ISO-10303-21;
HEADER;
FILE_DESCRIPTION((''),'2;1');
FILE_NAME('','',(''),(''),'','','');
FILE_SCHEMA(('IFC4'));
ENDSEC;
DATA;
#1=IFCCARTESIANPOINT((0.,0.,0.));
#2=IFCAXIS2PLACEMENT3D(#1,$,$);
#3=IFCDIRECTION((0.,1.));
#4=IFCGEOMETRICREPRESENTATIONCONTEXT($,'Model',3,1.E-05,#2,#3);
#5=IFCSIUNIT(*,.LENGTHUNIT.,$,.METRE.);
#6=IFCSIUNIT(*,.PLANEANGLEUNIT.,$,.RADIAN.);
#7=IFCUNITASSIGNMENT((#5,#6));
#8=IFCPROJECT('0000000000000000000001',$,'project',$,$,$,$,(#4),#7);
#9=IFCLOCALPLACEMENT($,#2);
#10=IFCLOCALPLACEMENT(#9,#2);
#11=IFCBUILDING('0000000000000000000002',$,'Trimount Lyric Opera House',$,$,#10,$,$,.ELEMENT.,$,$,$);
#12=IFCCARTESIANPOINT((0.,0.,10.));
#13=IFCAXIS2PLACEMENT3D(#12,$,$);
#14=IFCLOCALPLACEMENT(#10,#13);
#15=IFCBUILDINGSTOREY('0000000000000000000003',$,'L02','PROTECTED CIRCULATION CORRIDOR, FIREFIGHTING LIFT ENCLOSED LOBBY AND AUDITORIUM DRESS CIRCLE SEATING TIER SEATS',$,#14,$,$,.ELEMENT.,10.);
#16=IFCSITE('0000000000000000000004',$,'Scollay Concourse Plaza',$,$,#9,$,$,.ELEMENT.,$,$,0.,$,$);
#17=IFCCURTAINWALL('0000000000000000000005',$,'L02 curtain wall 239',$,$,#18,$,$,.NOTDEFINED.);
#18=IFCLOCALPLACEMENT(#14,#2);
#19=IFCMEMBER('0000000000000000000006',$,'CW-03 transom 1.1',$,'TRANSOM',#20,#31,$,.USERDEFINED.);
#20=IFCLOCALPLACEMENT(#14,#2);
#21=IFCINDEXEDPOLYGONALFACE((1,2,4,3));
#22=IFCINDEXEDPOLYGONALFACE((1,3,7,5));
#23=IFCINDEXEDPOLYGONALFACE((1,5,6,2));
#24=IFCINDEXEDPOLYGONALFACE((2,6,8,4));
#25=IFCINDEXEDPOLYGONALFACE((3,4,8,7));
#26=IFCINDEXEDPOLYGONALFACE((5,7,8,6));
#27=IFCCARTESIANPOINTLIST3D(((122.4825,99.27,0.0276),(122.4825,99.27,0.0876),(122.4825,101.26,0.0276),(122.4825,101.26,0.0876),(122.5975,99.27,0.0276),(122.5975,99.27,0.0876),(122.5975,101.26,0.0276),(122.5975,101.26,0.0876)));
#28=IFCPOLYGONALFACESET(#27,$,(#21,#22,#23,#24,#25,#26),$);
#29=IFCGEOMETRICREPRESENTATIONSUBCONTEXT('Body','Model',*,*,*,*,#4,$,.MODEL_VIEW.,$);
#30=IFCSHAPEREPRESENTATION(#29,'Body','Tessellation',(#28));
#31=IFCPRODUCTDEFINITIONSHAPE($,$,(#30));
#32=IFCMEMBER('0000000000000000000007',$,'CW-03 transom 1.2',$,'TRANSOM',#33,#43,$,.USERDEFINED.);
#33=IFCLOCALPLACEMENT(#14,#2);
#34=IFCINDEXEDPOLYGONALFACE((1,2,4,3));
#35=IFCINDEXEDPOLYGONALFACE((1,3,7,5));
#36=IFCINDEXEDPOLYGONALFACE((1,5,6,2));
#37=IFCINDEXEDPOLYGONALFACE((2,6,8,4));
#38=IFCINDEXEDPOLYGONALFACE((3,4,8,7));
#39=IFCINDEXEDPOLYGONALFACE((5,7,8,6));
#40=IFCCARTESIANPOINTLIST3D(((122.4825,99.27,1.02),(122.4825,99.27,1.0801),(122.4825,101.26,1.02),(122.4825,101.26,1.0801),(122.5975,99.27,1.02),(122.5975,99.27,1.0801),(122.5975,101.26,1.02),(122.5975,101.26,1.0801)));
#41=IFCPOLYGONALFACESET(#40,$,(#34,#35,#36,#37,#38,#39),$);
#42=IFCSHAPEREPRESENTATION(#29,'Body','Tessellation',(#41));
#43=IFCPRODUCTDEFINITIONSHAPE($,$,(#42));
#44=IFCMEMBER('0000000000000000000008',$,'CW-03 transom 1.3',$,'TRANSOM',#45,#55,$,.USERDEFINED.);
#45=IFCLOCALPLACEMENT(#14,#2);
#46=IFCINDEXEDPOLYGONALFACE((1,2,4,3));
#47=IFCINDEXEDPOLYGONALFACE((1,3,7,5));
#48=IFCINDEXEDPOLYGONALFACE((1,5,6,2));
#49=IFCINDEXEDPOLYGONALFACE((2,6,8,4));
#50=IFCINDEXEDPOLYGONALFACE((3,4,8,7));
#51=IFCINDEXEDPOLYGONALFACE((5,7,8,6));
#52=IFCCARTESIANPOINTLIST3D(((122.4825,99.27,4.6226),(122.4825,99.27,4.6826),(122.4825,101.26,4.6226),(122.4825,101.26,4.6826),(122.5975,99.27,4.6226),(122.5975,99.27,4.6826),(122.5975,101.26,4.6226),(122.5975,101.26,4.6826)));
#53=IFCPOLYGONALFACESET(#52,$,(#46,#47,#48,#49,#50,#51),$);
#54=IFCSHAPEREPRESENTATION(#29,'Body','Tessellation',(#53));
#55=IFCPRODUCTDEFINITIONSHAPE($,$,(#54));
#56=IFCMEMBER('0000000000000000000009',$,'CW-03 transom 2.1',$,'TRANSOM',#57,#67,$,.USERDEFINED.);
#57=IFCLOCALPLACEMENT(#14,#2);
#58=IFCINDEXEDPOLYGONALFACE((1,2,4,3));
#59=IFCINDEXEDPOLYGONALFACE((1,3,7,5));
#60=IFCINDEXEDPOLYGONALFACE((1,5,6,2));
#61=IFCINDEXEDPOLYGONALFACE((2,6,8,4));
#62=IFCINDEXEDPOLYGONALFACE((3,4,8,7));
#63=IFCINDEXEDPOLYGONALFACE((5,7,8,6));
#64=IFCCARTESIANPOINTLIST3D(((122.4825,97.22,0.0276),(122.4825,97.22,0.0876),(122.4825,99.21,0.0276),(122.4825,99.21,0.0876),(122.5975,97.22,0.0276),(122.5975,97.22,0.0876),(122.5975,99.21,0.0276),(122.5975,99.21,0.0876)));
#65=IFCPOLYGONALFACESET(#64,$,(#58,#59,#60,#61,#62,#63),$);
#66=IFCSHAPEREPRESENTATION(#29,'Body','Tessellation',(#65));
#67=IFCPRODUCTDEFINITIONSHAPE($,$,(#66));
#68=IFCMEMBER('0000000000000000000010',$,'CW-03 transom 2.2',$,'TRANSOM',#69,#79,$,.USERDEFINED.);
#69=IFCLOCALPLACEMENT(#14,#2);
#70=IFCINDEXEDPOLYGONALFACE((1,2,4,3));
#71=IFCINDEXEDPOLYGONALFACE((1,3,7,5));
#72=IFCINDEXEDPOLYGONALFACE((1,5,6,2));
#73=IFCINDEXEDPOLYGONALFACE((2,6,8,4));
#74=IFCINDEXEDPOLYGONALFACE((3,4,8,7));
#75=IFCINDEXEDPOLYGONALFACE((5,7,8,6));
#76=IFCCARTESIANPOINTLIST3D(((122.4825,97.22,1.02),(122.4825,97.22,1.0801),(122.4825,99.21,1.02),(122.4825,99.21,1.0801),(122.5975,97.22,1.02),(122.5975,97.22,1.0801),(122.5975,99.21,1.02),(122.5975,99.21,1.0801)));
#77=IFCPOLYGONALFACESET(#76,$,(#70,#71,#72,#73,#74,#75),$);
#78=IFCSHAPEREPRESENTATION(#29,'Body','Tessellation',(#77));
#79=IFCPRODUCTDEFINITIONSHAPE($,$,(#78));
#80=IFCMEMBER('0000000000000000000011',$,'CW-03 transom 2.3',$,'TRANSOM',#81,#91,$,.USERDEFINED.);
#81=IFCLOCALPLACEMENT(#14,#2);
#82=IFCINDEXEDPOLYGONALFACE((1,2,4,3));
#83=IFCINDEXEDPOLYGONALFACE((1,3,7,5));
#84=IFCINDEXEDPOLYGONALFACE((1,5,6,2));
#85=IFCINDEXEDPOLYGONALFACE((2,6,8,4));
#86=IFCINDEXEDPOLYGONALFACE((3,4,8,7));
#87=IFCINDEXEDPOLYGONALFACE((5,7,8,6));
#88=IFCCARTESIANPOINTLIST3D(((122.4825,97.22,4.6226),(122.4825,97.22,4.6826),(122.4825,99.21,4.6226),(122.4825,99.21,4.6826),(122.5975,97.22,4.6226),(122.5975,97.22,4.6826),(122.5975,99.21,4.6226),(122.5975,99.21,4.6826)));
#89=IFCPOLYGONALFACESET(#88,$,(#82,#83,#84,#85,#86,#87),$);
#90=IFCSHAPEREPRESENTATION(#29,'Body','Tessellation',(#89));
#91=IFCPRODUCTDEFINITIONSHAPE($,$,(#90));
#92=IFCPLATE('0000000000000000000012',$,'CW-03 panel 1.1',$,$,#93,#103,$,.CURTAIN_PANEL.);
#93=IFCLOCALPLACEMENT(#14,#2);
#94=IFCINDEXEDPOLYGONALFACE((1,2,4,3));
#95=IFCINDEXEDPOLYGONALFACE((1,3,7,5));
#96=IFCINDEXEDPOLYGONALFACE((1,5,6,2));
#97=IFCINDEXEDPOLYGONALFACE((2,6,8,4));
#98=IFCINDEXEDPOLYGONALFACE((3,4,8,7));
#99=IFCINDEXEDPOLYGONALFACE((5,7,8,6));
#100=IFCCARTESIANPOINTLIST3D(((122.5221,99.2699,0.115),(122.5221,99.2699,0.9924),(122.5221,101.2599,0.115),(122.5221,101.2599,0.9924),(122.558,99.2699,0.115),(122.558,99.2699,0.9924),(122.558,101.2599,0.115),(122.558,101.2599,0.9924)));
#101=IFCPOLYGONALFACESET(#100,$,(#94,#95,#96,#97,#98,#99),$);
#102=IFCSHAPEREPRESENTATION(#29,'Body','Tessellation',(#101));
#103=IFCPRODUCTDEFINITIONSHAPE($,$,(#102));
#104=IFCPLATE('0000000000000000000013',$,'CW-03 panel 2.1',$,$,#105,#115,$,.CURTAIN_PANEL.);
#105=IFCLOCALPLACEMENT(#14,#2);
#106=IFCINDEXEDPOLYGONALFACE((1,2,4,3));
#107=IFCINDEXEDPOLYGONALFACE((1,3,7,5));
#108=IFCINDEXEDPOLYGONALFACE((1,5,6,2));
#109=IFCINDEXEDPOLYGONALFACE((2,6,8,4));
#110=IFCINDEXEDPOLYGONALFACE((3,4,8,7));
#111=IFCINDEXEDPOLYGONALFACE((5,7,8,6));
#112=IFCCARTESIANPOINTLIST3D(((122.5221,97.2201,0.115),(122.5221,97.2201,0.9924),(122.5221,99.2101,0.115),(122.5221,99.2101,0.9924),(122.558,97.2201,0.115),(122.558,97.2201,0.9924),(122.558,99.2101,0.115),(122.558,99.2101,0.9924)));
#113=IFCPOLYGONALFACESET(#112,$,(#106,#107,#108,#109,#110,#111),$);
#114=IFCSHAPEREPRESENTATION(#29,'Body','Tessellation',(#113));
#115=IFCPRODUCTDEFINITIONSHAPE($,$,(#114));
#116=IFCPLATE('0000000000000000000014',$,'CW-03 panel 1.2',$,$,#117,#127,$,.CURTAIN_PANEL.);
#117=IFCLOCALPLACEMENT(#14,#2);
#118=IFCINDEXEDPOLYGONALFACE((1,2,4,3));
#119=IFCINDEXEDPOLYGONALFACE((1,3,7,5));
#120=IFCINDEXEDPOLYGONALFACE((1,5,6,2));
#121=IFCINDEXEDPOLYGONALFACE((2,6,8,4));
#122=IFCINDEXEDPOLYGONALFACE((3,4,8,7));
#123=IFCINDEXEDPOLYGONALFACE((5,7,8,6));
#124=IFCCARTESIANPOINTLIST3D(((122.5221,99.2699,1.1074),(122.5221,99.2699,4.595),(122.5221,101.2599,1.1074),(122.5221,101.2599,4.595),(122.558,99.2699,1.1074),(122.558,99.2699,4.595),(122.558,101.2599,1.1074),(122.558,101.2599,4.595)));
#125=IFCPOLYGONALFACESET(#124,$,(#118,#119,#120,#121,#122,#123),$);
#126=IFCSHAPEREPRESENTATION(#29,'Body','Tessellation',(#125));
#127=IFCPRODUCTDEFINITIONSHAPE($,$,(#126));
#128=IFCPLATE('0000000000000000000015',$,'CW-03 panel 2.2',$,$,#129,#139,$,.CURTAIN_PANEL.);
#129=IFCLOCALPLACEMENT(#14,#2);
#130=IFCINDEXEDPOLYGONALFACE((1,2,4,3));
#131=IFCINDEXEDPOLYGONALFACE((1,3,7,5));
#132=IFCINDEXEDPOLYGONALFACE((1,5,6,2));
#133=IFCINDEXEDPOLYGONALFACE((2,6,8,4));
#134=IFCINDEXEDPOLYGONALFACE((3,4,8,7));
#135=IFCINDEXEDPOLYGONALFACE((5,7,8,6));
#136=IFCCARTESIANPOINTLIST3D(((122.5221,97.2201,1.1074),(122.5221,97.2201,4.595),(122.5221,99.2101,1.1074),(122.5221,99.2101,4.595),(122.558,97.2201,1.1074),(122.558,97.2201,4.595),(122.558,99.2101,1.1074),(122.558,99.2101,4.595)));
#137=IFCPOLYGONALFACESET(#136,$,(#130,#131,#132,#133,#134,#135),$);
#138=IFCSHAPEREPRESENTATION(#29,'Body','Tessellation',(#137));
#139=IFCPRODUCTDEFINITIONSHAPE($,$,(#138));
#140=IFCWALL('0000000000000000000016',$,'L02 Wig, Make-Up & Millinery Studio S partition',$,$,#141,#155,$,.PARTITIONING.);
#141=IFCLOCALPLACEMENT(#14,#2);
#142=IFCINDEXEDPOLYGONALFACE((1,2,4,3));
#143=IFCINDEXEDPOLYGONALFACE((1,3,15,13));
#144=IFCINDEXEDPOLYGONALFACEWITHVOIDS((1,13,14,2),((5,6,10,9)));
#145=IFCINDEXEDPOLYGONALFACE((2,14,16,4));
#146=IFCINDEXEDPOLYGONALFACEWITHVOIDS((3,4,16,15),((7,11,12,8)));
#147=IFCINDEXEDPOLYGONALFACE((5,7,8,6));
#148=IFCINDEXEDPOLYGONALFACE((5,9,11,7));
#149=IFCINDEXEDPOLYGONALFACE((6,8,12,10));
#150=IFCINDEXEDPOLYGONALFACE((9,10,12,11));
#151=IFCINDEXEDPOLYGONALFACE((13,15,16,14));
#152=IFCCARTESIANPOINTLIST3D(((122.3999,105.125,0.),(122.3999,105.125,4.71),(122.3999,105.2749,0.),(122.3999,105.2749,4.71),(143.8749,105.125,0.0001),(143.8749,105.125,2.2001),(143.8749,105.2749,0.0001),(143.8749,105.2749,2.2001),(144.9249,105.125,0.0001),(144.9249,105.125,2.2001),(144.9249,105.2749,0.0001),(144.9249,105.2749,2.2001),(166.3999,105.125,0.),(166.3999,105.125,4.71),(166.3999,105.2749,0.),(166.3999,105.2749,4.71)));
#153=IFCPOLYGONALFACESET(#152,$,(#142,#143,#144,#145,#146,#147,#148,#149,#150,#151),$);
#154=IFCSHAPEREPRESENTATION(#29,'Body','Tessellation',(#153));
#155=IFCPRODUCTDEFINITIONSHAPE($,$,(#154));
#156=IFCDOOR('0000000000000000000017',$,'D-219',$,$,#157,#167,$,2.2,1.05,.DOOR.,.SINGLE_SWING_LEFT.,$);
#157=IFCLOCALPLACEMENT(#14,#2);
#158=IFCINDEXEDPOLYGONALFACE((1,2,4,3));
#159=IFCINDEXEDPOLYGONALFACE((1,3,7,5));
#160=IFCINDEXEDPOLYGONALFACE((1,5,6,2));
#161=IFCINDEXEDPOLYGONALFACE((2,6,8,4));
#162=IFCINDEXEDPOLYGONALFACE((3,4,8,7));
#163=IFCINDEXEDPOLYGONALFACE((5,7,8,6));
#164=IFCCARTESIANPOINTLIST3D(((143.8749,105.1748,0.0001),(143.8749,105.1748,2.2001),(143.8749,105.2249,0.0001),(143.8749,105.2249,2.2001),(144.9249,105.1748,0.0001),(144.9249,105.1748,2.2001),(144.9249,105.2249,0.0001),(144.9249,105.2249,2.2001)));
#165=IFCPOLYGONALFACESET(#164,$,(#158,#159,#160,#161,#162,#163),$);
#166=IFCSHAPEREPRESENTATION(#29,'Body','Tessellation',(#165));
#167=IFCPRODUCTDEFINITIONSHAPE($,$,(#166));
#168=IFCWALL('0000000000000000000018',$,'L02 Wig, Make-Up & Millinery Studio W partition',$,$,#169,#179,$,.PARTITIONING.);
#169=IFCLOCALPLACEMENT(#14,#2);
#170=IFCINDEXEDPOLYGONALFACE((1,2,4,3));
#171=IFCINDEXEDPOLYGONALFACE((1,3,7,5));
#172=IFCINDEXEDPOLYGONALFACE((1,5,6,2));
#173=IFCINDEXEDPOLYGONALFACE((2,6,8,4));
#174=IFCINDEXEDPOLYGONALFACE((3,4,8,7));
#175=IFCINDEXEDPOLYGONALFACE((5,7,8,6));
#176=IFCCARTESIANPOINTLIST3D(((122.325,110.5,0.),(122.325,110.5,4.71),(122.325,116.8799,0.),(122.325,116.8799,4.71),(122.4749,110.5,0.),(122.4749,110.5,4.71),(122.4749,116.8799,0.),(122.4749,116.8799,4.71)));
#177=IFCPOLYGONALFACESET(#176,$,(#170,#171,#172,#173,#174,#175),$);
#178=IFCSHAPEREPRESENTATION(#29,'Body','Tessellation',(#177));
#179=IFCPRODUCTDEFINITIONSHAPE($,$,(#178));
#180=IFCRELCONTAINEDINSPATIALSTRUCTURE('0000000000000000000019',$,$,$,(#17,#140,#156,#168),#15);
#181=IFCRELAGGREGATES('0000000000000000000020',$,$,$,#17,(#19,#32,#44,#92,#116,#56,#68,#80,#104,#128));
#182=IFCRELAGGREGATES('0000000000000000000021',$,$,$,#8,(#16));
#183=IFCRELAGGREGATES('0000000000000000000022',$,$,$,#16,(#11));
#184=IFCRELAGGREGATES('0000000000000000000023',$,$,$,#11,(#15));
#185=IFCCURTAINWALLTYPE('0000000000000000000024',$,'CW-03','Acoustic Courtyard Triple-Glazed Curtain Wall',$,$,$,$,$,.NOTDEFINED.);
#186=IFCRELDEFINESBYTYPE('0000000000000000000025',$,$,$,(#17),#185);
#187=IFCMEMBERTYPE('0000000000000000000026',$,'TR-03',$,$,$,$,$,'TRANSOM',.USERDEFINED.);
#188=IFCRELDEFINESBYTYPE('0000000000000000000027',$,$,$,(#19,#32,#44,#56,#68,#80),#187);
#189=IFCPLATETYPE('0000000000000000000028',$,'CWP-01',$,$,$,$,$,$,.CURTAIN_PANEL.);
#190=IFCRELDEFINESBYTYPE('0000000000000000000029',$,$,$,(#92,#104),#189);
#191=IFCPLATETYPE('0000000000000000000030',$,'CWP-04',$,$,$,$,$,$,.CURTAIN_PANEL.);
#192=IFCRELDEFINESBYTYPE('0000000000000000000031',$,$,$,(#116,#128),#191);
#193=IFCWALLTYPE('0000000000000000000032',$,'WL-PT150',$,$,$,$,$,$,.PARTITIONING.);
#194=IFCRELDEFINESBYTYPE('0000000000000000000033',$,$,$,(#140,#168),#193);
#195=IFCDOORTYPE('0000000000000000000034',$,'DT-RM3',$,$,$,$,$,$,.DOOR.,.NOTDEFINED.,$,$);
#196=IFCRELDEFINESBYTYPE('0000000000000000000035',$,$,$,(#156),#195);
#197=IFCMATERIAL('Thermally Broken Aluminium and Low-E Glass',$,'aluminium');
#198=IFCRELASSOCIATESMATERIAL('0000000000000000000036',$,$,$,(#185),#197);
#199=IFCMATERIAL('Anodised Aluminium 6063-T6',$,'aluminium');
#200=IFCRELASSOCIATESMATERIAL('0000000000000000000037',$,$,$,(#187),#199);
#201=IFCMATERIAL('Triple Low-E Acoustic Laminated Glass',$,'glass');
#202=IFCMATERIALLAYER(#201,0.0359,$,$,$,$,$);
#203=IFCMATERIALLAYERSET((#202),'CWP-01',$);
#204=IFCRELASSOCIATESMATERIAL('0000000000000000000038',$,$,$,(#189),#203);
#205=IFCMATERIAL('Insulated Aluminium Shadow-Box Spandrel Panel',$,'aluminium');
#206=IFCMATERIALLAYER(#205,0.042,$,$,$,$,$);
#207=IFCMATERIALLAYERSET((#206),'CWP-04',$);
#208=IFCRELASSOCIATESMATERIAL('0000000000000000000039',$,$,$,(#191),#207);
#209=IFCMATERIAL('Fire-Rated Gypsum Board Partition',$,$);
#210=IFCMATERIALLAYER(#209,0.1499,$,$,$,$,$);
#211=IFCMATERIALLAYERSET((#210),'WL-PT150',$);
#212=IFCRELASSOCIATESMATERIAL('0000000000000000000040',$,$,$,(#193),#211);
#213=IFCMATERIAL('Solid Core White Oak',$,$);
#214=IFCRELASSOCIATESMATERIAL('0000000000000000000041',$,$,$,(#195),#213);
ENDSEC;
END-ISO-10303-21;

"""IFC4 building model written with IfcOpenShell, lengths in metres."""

from ifc_helpers import new_model, si_unit, direction, frame, frame_2d, origin, origin_2d, place, context, subcontext, project, spatial, rectangle, extrude, material, layer, layer_set, material_profile, profile_set, type_object, element, fill, aggregate, save


model = new_model("IFC4")

# Units and contexts
model_context = context("Model", 3, precision=1e-05, world=origin(), true_north=direction((0.0, 1.0)))
body_context = subcontext(model_context, "Body", "Model", "MODEL_VIEW")
ifc_project = project(units=[si_unit("LENGTHUNIT", "METRE"), si_unit("PLANEANGLEUNIT", "RADIAN")], contexts=[model_context])

# Site, building, storey
site_placement = place(None, origin())
site = spatial("IfcSite", under=ifc_project, at=site_placement, Name="Scollay Concourse Plaza", CompositionType="ELEMENT", RefElevation=0.0)
building_placement = place(site_placement, origin())
building = spatial("IfcBuilding", under=site, at=building_placement, Name="Trimount Lyric Opera House", CompositionType="ELEMENT")
storey_placement = place(building_placement, frame((0.0, 0.0, 10.0)))
storey = spatial("IfcBuildingStorey", under=building, at=storey_placement, Name="L02", Description="PROTECTED CIRCULATION CORRIDOR, FIREFIGHTING LIFT ENCLOSED LOBBY AND AUDITORIUM DRESS CIRCLE SEATING TIER SEATS", CompositionType="ELEMENT", Elevation=10.0)

# Curtain wall
ifc_material_1 = material(Name="Thermally Broken Aluminium and Low-E Glass", Category="aluminium")
curtain_wall_type = type_object("IfcCurtainWallType", Name="CW-03", Description="Acoustic Courtyard Triple-Glazed Curtain Wall", PredefinedType="NOTDEFINED", material=ifc_material_1)
curtain_wall_placement = place(storey_placement, origin())
curtain_wall = element("IfcCurtainWall", 1, at=curtain_wall_placement, inside=storey, type_object=curtain_wall_type, Name="L02 curtain wall 239", PredefinedType="NOTDEFINED")

# Members
ifc_material_2 = material(Name="Anodised Aluminium 6063-T6", Category="aluminium")
ifc_material_profile_1 = material_profile(ifc_material_2, rectangle(XDim=0.115, YDim=0.0601, at=origin_2d()), Name="ALU-TRAN-60X115")
ifc_profile_set_1 = profile_set([ifc_material_profile_1], Name="Anodised Aluminium 6063-T6")
member_type_1 = type_object("IfcMemberType", Name="TR-03", ElementType="TRANSOM", PredefinedType="USERDEFINED", material=ifc_profile_set_1)
member_1_placement = place(storey_placement, frame((122.54, 101.26, 0.0576), z_axis=(0.0, -1.0, 0.0), x_axis=(1.0, 0.0, 0.0)))
member_1 = element("IfcMember", 2, at=member_1_placement, type_object=member_type_1, Name="CW-03 transom 1.1", ObjectType="TRANSOM", PredefinedType="USERDEFINED", context=body_context, shape_type="SweptSolid", body=[
    extrude(rectangle(XDim=0.115, YDim=0.0601, at=origin_2d()), origin(), (0.0, 0.0, 1.0), 1.99),
])
member_2_placement = place(storey_placement, frame((122.54, 101.26, 1.05), z_axis=(0.0, -1.0, 0.0), x_axis=(1.0, 0.0, 0.0)))
member_2 = element("IfcMember", 3, at=member_2_placement, type_object=member_type_1, Name="CW-03 transom 1.2", ObjectType="TRANSOM", PredefinedType="USERDEFINED", context=body_context, shape_type="SweptSolid", body=[
    extrude(rectangle(XDim=0.115, YDim=0.0601, at=origin_2d()), origin(), (0.0, 0.0, 1.0), 1.99),
])
member_3_placement = place(storey_placement, frame((122.54, 101.26, 4.6526), z_axis=(0.0, -1.0, 0.0), x_axis=(1.0, 0.0, 0.0)))
member_3 = element("IfcMember", 4, at=member_3_placement, type_object=member_type_1, Name="CW-03 transom 1.3", ObjectType="TRANSOM", PredefinedType="USERDEFINED", context=body_context, shape_type="SweptSolid", body=[
    extrude(rectangle(XDim=0.115, YDim=0.0601, at=origin_2d()), origin(), (0.0, 0.0, 1.0), 1.99),
])
member_4_placement = place(storey_placement, frame((122.54, 99.21, 0.0576), z_axis=(0.0, -1.0, 0.0), x_axis=(1.0, 0.0, 0.0)))
member_4 = element("IfcMember", 5, at=member_4_placement, type_object=member_type_1, Name="CW-03 transom 2.1", ObjectType="TRANSOM", PredefinedType="USERDEFINED", context=body_context, shape_type="SweptSolid", body=[
    extrude(rectangle(XDim=0.115, YDim=0.0601, at=origin_2d()), origin(), (0.0, 0.0, 1.0), 1.99),
])
member_5_placement = place(storey_placement, frame((122.54, 99.21, 1.05), z_axis=(0.0, -1.0, 0.0), x_axis=(1.0, 0.0, 0.0)))
member_5 = element("IfcMember", 6, at=member_5_placement, type_object=member_type_1, Name="CW-03 transom 2.2", ObjectType="TRANSOM", PredefinedType="USERDEFINED", context=body_context, shape_type="SweptSolid", body=[
    extrude(rectangle(XDim=0.115, YDim=0.0601, at=origin_2d()), origin(), (0.0, 0.0, 1.0), 1.99),
])
member_6_placement = place(storey_placement, frame((122.54, 99.21, 4.6526), z_axis=(0.0, -1.0, 0.0), x_axis=(1.0, 0.0, 0.0)))
member_6 = element("IfcMember", 7, at=member_6_placement, type_object=member_type_1, Name="CW-03 transom 2.3", ObjectType="TRANSOM", PredefinedType="USERDEFINED", context=body_context, shape_type="SweptSolid", body=[
    extrude(rectangle(XDim=0.115, YDim=0.0601, at=origin_2d()), origin(), (0.0, 0.0, 1.0), 1.99),
])

# Plates
ifc_material_3 = material(Name="Triple Low-E Acoustic Laminated Glass", Category="glass")
ifc_layer_1 = layer(ifc_material_3, 0.0359)
ifc_layer_set_1 = layer_set([ifc_layer_1], Name="CWP-01")
plate_type_1 = type_object("IfcPlateType", Name="CWP-01", PredefinedType="CURTAIN_PANEL", material=ifc_layer_set_1)
plate_1_placement = place(storey_placement, frame((122.54, 100.2649, 0.115), z_axis=(0.0, 0.0, 1.0), x_axis=(0.0, -1.0, 0.0)))
plate_1 = element("IfcPlate", 8, at=plate_1_placement, type_object=plate_type_1, Name="CW-03 panel 1.1", PredefinedType="CURTAIN_PANEL", context=body_context, shape_type="SweptSolid", body=[
    extrude(rectangle(XDim=1.99, YDim=0.0359, at=origin_2d()), origin(), (0.0, 0.0, 1.0), 0.8774),
])
plate_2_placement = place(storey_placement, frame((122.54, 98.2151, 0.115), z_axis=(0.0, 0.0, 1.0), x_axis=(0.0, -1.0, 0.0)))
plate_2 = element("IfcPlate", 9, at=plate_2_placement, type_object=plate_type_1, Name="CW-03 panel 2.1", PredefinedType="CURTAIN_PANEL", context=body_context, shape_type="SweptSolid", body=[
    extrude(rectangle(XDim=1.99, YDim=0.0359, at=origin_2d()), origin(), (0.0, 0.0, 1.0), 0.8774),
])
ifc_material_4 = material(Name="Insulated Aluminium Shadow-Box Spandrel Panel", Category="aluminium")
ifc_layer_2 = layer(ifc_material_4, 0.042)
ifc_layer_set_2 = layer_set([ifc_layer_2], Name="CWP-04")
plate_type_2 = type_object("IfcPlateType", Name="CWP-04", PredefinedType="CURTAIN_PANEL", material=ifc_layer_set_2)
plate_3_placement = place(storey_placement, frame((122.54, 100.2649, 1.1074), z_axis=(0.0, 0.0, 1.0), x_axis=(0.0, -1.0, 0.0)))
plate_3 = element("IfcPlate", 10, at=plate_3_placement, type_object=plate_type_2, Name="CW-03 panel 1.2", PredefinedType="CURTAIN_PANEL", context=body_context, shape_type="SweptSolid", body=[
    extrude(rectangle(XDim=1.99, YDim=0.0359, at=origin_2d()), origin(), (0.0, 0.0, 1.0), 3.4875),
])
plate_4_placement = place(storey_placement, frame((122.54, 98.2151, 1.1074), z_axis=(0.0, 0.0, 1.0), x_axis=(0.0, -1.0, 0.0)))
plate_4 = element("IfcPlate", 11, at=plate_4_placement, type_object=plate_type_2, Name="CW-03 panel 2.2", PredefinedType="CURTAIN_PANEL", context=body_context, shape_type="SweptSolid", body=[
    extrude(rectangle(XDim=1.99, YDim=0.0359, at=origin_2d()), origin(), (0.0, 0.0, 1.0), 3.4875),
])
aggregate(curtain_wall, [member_1, member_2, member_3, plate_1, plate_3, member_4, member_5, member_6, plate_2, plate_4])

# Wall, opening, door
ifc_material_5 = material(Name="Fire-Rated Gypsum Board Partition")
ifc_layer_3 = layer(ifc_material_5, 0.1499)
ifc_layer_set_3 = layer_set([ifc_layer_3], Name="WL-PT150")
wall_type_1 = type_object("IfcWallType", Name="WL-PT150", PredefinedType="PARTITIONING", material=ifc_layer_set_3)
wall_1_placement = place(storey_placement, frame((122.3999, 105.2, 0.0), z_axis=(0.0, 0.0, 1.0), x_axis=(1.0, 0.0, 0.0)))
wall_1 = element("IfcWall", 12, at=wall_1_placement, inside=storey, type_object=wall_type_1, Name="L02 Wig, Make-Up & Millinery Studio S partition", PredefinedType="PARTITIONING", context=body_context, shape_type="SweptSolid", body=[
    extrude(rectangle(XDim=44.0, YDim=0.1499, at=frame_2d((22.0, 0.0))), origin(), (0.0, 0.0, 1.0), 4.71),
])
opening_1_placement = place(wall_1_placement, frame((21.4751, 0.0, 0.0)))
opening_1 = element("IfcOpeningElement", 13, at=opening_1_placement, cuts=wall_1, PredefinedType="OPENING", context=body_context, shape_type="SweptSolid", body=[
    extrude(rectangle(XDim=1.05, YDim=2.2, at=frame_2d((0.5249, 1.1001))), frame((0.0, 0.085, 0.0), z_axis=(0.0, -1.0, 0.0), x_axis=(1.0, 0.0, 0.0)), (0.0, 0.0, 1.0), 0.1699),
])
ifc_material_6 = material(Name="Solid Core White Oak")
door_type = type_object("IfcDoorType", Name="DT-RM3", OperationType="NOTDEFINED", PredefinedType="DOOR", material=ifc_material_6)
door_placement = place(opening_1_placement, origin())
door = element("IfcDoor", 14, at=door_placement, inside=storey, type_object=door_type, Name="D-219", OperationType="SINGLE_SWING_LEFT", OverallHeight=2.2, OverallWidth=1.05, PredefinedType="DOOR", context=body_context, shape_type="SweptSolid", body=[
    extrude(rectangle(XDim=1.05, YDim=2.2, at=frame_2d((0.5249, 1.1001))), frame((0.0, 0.0249, 0.0), z_axis=(0.0, -1.0, 0.0), x_axis=(1.0, 0.0, 0.0)), (0.0, 0.0, 1.0), 0.05),
])
fill(opening_1, door)

# Wall
wall_2_placement = place(storey_placement, frame((122.3999, 116.8799, 0.0), z_axis=(0.0, 0.0, 1.0), x_axis=(0.0, -1.0, 0.0)))
element("IfcWall", 15, at=wall_2_placement, inside=storey, type_object=wall_type_1, Name="L02 Wig, Make-Up & Millinery Studio W partition", PredefinedType="PARTITIONING", context=body_context, shape_type="SweptSolid", body=[
    extrude(rectangle(XDim=6.3799, YDim=0.1499, at=frame_2d((3.1899, 0.0))), origin(), (0.0, 0.0, 1.0), 4.71),
])

save(model, "model.ifc")
